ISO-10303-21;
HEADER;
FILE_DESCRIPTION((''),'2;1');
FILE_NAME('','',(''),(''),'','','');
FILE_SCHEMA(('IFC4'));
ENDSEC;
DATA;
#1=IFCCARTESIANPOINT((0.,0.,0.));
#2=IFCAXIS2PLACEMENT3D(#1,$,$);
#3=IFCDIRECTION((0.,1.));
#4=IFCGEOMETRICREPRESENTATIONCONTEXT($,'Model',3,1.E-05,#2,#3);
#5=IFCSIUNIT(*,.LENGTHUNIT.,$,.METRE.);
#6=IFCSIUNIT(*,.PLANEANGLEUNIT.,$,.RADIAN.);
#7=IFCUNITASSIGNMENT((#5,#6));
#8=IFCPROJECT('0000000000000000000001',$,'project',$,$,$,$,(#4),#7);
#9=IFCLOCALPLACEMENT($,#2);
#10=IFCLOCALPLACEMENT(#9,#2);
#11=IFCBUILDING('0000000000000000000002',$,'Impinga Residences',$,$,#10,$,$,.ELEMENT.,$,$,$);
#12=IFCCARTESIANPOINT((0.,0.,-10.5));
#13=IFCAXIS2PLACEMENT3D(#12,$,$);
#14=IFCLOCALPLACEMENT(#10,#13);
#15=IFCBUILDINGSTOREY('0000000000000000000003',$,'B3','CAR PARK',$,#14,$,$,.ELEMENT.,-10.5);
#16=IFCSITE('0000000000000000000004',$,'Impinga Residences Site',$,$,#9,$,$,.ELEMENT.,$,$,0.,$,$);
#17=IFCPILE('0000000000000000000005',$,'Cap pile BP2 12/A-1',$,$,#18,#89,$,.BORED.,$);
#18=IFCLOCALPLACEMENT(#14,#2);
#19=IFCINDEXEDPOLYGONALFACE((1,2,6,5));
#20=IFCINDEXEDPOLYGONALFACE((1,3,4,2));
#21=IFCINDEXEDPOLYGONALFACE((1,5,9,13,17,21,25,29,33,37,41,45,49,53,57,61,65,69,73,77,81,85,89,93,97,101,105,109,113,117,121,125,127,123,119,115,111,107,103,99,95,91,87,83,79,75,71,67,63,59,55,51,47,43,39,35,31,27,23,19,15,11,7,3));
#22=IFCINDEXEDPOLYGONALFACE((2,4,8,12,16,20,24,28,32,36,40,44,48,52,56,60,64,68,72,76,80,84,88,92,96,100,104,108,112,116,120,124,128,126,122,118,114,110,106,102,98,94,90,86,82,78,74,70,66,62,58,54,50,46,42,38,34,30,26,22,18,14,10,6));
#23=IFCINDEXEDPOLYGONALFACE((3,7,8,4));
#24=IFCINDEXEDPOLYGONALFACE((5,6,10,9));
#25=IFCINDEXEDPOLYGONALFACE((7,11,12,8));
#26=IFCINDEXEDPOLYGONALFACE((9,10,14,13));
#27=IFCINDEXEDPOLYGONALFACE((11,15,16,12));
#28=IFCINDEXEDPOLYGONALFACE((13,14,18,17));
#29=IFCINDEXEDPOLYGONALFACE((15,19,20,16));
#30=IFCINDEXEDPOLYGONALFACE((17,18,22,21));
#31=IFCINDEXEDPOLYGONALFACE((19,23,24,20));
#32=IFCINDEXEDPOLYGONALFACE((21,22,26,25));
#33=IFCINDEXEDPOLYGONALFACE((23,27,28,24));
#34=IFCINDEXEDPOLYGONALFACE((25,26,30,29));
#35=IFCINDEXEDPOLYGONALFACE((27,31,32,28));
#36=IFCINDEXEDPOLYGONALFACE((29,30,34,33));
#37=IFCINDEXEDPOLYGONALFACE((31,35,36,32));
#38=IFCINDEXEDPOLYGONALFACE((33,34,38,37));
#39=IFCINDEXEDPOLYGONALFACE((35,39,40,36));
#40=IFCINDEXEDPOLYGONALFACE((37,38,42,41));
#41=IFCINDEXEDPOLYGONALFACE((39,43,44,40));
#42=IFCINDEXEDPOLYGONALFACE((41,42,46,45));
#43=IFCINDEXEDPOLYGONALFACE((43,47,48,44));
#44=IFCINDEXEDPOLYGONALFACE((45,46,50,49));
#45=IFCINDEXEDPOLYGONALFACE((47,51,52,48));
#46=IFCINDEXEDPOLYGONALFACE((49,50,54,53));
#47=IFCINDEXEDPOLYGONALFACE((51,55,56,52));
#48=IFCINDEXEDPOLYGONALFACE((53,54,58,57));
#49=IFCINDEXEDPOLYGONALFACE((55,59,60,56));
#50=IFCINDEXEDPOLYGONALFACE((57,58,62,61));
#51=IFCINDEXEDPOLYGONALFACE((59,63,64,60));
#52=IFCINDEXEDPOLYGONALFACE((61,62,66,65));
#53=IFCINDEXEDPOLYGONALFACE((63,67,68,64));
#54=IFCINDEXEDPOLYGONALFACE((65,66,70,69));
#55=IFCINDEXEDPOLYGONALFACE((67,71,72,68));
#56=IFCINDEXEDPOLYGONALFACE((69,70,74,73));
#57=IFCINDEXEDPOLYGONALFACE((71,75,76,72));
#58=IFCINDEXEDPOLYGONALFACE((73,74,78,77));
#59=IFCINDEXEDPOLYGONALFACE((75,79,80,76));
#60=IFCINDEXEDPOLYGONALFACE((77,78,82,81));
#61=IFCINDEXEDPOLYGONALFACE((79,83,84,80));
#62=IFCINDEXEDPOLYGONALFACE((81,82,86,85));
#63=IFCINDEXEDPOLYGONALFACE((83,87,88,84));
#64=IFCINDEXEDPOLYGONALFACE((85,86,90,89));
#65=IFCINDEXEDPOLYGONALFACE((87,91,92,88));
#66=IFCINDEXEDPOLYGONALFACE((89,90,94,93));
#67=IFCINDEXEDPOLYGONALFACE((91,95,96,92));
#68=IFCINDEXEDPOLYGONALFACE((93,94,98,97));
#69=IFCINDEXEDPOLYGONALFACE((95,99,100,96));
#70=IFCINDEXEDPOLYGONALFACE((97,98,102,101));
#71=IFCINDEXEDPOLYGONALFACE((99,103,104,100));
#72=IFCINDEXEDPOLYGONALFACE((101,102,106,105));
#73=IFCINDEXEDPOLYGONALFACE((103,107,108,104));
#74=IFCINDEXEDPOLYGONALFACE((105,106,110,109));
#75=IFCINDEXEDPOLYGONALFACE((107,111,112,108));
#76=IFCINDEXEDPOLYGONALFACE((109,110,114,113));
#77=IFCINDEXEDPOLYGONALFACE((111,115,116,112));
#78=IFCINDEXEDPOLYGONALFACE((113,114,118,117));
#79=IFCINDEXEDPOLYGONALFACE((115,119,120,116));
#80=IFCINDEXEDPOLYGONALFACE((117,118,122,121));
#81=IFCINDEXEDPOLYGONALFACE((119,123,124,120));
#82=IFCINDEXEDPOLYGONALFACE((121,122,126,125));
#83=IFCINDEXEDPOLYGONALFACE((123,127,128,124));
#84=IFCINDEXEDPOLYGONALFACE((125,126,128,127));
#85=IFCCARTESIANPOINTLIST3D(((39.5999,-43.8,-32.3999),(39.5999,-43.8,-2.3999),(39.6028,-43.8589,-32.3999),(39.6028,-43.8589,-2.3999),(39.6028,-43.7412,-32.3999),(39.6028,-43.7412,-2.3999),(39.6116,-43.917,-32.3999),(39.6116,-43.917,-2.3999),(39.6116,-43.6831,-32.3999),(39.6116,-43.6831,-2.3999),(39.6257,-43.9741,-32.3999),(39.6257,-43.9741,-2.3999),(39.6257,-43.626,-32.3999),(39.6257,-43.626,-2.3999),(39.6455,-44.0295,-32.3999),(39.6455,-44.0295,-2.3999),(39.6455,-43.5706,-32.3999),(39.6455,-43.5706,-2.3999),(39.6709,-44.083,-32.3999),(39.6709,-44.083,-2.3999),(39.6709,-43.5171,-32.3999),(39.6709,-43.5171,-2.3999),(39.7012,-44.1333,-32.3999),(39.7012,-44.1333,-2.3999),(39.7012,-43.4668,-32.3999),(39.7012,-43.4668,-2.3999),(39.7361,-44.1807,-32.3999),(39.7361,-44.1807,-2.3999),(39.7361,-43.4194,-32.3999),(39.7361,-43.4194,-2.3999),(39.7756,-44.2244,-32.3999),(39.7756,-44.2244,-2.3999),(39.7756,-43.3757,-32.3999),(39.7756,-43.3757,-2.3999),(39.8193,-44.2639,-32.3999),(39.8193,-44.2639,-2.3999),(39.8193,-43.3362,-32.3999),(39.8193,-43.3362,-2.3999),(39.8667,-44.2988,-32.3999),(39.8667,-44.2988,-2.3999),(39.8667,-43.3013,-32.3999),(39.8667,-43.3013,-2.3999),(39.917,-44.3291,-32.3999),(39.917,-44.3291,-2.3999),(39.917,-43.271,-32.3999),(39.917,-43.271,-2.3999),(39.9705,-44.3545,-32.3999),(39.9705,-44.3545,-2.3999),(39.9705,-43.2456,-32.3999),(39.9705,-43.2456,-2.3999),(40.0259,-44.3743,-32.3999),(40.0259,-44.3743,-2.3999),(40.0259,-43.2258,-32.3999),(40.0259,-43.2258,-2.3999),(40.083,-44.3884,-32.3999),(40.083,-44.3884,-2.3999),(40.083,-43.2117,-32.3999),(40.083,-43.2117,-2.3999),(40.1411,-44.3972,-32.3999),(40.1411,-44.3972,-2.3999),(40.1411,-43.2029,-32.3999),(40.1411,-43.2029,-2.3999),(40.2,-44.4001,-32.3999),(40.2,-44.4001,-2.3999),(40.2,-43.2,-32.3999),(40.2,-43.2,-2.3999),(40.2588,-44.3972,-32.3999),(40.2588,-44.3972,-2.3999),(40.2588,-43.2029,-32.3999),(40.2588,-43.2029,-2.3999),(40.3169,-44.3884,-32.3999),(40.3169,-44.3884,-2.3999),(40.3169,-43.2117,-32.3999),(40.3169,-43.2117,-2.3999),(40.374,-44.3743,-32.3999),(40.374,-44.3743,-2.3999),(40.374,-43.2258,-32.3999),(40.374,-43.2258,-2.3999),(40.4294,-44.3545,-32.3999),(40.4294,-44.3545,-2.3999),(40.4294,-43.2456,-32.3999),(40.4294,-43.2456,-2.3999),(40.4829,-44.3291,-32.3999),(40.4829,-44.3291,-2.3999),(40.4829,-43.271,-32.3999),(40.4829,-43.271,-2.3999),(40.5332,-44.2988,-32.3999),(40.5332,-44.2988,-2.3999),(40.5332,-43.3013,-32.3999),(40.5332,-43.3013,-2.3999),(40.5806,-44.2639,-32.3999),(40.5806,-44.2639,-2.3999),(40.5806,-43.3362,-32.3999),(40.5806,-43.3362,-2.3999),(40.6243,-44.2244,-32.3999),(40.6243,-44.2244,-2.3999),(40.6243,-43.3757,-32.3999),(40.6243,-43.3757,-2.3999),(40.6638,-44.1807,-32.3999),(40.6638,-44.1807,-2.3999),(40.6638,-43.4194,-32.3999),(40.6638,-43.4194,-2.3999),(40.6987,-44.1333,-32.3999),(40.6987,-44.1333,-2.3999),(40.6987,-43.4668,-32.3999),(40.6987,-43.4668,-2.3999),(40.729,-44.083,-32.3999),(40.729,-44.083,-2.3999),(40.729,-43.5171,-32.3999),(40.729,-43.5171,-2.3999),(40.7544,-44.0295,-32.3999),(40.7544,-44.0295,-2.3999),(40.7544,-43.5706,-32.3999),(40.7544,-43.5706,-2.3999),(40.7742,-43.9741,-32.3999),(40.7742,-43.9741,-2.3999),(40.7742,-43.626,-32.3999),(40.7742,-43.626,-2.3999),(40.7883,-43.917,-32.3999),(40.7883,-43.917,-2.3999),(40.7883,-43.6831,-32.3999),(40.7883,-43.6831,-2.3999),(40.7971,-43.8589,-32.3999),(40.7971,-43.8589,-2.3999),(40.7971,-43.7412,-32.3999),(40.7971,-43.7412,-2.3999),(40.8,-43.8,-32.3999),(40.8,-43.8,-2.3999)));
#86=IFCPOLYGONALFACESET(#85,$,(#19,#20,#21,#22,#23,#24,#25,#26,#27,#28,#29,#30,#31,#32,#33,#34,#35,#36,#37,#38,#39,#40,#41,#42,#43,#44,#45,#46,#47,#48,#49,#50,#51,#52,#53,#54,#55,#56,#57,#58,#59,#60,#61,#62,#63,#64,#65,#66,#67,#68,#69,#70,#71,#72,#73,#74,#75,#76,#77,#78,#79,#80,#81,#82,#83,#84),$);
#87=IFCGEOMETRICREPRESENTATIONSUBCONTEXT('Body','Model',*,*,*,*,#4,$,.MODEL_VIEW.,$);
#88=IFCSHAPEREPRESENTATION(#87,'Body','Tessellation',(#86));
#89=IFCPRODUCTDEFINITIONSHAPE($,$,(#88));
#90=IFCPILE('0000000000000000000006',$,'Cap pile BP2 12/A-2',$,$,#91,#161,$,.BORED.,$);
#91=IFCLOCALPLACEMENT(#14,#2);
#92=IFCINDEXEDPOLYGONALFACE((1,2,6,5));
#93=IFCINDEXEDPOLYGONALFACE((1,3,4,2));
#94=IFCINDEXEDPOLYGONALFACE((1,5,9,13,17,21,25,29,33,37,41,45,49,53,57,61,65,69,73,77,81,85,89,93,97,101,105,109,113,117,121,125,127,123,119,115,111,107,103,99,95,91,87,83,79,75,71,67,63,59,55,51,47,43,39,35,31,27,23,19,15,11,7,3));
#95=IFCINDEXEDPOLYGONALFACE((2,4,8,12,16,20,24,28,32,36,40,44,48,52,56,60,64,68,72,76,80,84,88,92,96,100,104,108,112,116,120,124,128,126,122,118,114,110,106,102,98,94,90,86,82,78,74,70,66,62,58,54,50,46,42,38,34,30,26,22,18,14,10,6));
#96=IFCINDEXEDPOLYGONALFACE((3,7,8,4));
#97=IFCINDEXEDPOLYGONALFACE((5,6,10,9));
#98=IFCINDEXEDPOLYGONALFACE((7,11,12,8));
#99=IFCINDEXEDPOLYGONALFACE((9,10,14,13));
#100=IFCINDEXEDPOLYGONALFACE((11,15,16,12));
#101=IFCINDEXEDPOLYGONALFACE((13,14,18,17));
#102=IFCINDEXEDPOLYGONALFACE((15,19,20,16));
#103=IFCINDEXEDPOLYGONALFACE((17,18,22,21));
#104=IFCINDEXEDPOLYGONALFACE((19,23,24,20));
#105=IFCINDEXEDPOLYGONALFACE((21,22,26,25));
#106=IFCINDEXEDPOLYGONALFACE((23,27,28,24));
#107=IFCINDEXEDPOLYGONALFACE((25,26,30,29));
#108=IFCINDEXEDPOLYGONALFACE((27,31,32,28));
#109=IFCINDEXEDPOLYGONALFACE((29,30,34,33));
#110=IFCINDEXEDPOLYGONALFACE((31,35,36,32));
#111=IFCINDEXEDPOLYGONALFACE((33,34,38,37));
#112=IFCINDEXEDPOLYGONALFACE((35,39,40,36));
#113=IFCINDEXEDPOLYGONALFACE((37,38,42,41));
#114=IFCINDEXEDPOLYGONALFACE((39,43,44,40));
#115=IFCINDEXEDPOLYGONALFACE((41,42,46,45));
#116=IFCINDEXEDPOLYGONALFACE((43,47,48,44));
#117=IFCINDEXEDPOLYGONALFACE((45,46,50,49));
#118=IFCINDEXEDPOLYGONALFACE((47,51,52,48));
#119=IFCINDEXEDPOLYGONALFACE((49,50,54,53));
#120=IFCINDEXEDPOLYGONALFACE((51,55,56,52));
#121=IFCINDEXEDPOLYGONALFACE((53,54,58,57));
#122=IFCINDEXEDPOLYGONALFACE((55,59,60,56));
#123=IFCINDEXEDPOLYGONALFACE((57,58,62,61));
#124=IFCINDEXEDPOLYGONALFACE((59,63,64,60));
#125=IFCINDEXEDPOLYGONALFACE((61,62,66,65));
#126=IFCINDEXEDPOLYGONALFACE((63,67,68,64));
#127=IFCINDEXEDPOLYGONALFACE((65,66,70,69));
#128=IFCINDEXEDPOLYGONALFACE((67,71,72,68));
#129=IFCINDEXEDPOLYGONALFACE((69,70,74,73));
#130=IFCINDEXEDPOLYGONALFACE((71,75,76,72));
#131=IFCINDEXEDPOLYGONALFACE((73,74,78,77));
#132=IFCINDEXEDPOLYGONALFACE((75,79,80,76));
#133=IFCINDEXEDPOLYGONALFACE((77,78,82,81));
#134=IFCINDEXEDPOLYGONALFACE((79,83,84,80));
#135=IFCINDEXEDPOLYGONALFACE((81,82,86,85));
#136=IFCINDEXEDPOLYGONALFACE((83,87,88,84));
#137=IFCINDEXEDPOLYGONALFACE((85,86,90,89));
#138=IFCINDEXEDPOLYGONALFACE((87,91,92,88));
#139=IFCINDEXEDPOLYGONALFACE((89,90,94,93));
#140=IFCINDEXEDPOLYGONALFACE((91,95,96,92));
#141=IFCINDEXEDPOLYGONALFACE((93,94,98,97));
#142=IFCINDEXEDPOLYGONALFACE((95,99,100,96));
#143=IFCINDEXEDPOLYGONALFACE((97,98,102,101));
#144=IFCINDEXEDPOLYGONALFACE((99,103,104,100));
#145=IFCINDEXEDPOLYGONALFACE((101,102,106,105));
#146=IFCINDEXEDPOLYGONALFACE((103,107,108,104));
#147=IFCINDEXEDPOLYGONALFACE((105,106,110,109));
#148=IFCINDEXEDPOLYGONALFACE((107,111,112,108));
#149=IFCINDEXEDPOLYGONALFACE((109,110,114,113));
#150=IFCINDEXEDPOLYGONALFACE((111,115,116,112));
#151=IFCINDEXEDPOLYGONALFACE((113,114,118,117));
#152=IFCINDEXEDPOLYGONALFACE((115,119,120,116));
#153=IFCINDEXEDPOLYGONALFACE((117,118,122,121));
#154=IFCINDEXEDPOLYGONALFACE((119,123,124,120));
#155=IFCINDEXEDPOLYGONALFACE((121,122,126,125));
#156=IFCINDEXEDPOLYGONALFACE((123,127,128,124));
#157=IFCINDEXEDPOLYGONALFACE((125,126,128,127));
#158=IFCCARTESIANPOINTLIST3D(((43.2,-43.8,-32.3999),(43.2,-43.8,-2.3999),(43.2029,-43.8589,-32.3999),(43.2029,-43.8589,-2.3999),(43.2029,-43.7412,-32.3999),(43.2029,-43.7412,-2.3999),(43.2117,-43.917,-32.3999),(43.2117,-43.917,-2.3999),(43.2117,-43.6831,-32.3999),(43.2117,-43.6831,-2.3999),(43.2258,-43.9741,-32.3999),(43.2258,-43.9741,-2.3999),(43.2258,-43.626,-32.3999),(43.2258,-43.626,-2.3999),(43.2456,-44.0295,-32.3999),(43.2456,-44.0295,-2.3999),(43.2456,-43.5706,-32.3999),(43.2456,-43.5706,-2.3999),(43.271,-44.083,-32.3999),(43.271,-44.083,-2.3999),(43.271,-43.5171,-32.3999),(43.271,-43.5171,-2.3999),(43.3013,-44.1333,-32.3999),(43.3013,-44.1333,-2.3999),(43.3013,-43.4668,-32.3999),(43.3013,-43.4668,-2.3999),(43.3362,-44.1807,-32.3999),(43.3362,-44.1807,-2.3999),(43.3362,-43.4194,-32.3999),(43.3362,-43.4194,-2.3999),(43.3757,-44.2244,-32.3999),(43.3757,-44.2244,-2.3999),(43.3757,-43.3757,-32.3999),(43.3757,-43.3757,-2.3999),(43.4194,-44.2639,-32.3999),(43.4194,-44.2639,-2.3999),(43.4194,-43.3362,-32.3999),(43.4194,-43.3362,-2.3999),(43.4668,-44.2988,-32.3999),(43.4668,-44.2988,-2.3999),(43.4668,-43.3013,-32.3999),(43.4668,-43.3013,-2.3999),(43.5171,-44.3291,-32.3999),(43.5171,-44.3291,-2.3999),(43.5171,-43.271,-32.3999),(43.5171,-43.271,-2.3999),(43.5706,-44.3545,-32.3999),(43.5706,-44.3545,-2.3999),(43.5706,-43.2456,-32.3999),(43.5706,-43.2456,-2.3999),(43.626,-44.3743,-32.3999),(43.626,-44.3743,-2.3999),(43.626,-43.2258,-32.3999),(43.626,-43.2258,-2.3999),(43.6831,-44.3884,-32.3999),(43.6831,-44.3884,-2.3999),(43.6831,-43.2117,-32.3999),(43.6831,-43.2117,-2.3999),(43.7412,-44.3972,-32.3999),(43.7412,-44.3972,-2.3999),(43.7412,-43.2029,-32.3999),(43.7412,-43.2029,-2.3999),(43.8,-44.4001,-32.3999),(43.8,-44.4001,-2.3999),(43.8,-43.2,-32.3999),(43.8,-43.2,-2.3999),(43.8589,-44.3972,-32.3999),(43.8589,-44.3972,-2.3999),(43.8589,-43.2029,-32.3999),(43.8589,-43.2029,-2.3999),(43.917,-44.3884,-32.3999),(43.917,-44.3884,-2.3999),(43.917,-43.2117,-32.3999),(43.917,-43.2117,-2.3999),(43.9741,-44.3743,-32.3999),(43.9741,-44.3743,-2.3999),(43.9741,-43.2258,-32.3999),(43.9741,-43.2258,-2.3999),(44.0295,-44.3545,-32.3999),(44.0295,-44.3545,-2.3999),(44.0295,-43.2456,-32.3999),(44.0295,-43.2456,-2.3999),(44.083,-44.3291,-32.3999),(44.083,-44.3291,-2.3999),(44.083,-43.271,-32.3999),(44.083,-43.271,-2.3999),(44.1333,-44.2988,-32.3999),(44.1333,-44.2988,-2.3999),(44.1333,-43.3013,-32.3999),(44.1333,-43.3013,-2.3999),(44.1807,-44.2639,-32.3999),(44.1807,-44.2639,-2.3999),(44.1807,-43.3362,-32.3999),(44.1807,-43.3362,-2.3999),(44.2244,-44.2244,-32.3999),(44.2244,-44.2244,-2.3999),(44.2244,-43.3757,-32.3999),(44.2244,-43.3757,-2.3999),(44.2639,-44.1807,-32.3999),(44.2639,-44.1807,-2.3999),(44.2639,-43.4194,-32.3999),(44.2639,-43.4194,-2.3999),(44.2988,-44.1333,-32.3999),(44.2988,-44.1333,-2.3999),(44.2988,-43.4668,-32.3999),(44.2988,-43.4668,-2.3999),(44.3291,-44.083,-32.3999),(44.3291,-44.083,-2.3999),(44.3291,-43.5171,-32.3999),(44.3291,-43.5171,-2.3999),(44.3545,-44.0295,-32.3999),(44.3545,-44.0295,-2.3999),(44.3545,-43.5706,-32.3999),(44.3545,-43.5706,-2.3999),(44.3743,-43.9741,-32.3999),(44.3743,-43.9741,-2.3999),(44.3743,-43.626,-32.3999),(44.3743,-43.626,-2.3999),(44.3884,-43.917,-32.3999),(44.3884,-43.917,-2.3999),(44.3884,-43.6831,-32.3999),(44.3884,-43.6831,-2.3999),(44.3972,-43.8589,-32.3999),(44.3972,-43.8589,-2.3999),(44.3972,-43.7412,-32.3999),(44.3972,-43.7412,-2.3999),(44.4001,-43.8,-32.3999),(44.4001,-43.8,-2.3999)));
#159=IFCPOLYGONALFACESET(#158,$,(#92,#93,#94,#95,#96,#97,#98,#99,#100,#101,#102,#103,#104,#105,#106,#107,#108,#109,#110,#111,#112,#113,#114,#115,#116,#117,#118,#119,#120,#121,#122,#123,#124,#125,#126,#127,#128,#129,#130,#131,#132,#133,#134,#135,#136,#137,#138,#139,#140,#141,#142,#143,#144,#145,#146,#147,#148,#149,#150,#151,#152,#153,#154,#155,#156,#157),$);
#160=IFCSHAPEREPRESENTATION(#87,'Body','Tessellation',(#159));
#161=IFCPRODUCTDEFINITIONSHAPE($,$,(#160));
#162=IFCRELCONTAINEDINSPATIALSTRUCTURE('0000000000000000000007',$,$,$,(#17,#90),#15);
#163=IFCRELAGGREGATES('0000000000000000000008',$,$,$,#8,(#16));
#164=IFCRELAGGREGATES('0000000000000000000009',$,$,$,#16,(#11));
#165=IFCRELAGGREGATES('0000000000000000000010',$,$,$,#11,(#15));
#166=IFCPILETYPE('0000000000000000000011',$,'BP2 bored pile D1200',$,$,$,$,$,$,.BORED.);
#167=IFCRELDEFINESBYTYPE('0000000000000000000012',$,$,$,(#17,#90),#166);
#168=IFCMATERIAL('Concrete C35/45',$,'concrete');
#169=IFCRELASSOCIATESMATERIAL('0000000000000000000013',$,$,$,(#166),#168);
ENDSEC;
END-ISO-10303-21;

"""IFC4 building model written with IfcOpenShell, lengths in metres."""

from ifc_helpers import new_model, si_unit, direction, frame, origin, origin_2d, place, context, subcontext, project, spatial, polyline, circle, outline, extrude, material, material_profile, profile_set, type_object, element, save


model = new_model("IFC4")

# Units and contexts
model_context = context("Model", 3, precision=1e-05, world=origin(), true_north=direction((0.0, 1.0)))
body_context = subcontext(model_context, "Body", "Model", "MODEL_VIEW")
ifc_project = project(units=[si_unit("LENGTHUNIT", "METRE"), si_unit("PLANEANGLEUNIT", "RADIAN")], contexts=[model_context])

# Site, building, storey
site_placement = place(None, origin())
site = spatial("IfcSite", under=ifc_project, at=site_placement, Name="Impinga Residences Site", CompositionType="ELEMENT", RefElevation=0.0)
building_placement = place(site_placement, origin())
building = spatial("IfcBuilding", under=site, at=building_placement, Name="Impinga Residences", CompositionType="ELEMENT")
storey_placement = place(building_placement, frame((0.0, 0.0, -10.5)))
storey = spatial("IfcBuildingStorey", under=building, at=storey_placement, Name="B3", Description="CAR PARK", CompositionType="ELEMENT", Elevation=-10.5)

# Piles
ifc_material_1 = material(Name="Concrete C35/45", Category="concrete")
ifc_material_profile_1 = material_profile(ifc_material_1, circle(Radius=0.6001, at=origin_2d()), Name="D1200")
ifc_profile_set_1 = profile_set([ifc_material_profile_1], Name="Concrete C35/45")
pile_type_1 = type_object("IfcPileType", Name="BP2 bored pile D1200", PredefinedType="BORED", material=ifc_profile_set_1)
pile_1_placement = place(storey_placement, frame((40.2, -43.8, -2.3999), z_axis=(0.0, 0.0, -1.0), x_axis=(1.0, 0.0, 0.0)))
element("IfcPile", 1, at=pile_1_placement, inside=storey, type_object=pile_type_1, Name="Cap pile BP2 12/A-1", PredefinedType="BORED", context=body_context, shape_type="SweptSolid", body=[
    extrude(outline(polyline([(0.6001, 0.0), (0.5972, 0.0588), (0.5884, 0.1169), (0.5742, 0.1741), (0.5544, 0.2295), (0.5291, 0.283), (0.4988, 0.3333), (0.4639, 0.3806), (0.4243, 0.4243), (0.3806, 0.4639), (0.3333, 0.4988), (0.283, 0.5291), (0.2295, 0.5544), (0.1741, 0.5742), (0.1169, 0.5884), (0.0588, 0.5972), (0.0, 0.6001), (-0.0588, 0.5972), (-0.1169, 0.5884), (-0.1741, 0.5742), (-0.2295, 0.5544), (-0.283, 0.5291), (-0.3333, 0.4988), (-0.3806, 0.4639), (-0.4243, 0.4243), (-0.4639, 0.3806), (-0.4988, 0.3333), (-0.5291, 0.283), (-0.5544, 0.2295), (-0.5742, 0.1741), (-0.5884, 0.1169), (-0.5972, 0.0588), (-0.6001, 0.0), (-0.5972, -0.0588), (-0.5884, -0.1169), (-0.5742, -0.1741), (-0.5544, -0.2295), (-0.5291, -0.283), (-0.4988, -0.3333), (-0.4639, -0.3806), (-0.4243, -0.4243), (-0.3806, -0.4639), (-0.3333, -0.4988), (-0.283, -0.5291), (-0.2295, -0.5544), (-0.1741, -0.5742), (-0.1169, -0.5884), (-0.0588, -0.5972), (0.0, -0.6001), (0.0588, -0.5972), (0.1169, -0.5884), (0.1741, -0.5742), (0.2295, -0.5544), (0.283, -0.5291), (0.3333, -0.4988), (0.3806, -0.4639), (0.4243, -0.4243), (0.4639, -0.3806), (0.4988, -0.3333), (0.5291, -0.283), (0.5544, -0.2295), (0.5742, -0.1741), (0.5884, -0.1169), (0.5972, -0.0588), (0.6001, 0.0)])), origin(), (0.0, 0.0, 1.0), 30.0),
])
pile_2_placement = place(storey_placement, frame((43.8, -43.8, -2.3999), z_axis=(0.0, 0.0, -1.0), x_axis=(1.0, 0.0, 0.0)))
element("IfcPile", 2, at=pile_2_placement, inside=storey, type_object=pile_type_1, Name="Cap pile BP2 12/A-2", PredefinedType="BORED", context=body_context, shape_type="SweptSolid", body=[
    extrude(outline(polyline([(0.6001, 0.0), (0.5972, 0.0588), (0.5884, 0.1169), (0.5742, 0.1741), (0.5544, 0.2295), (0.5291, 0.283), (0.4988, 0.3333), (0.4639, 0.3806), (0.4243, 0.4243), (0.3806, 0.4639), (0.3333, 0.4988), (0.283, 0.5291), (0.2295, 0.5544), (0.1741, 0.5742), (0.1169, 0.5884), (0.0588, 0.5972), (0.0, 0.6001), (-0.0588, 0.5972), (-0.1169, 0.5884), (-0.1741, 0.5742), (-0.2295, 0.5544), (-0.283, 0.5291), (-0.3333, 0.4988), (-0.3806, 0.4639), (-0.4243, 0.4243), (-0.4639, 0.3806), (-0.4988, 0.3333), (-0.5291, 0.283), (-0.5544, 0.2295), (-0.5742, 0.1741), (-0.5884, 0.1169), (-0.5972, 0.0588), (-0.6001, 0.0), (-0.5972, -0.0588), (-0.5884, -0.1169), (-0.5742, -0.1741), (-0.5544, -0.2295), (-0.5291, -0.283), (-0.4988, -0.3333), (-0.4639, -0.3806), (-0.4243, -0.4243), (-0.3806, -0.4639), (-0.3333, -0.4988), (-0.283, -0.5291), (-0.2295, -0.5544), (-0.1741, -0.5742), (-0.1169, -0.5884), (-0.0588, -0.5972), (0.0, -0.6001), (0.0588, -0.5972), (0.1169, -0.5884), (0.1741, -0.5742), (0.2295, -0.5544), (0.283, -0.5291), (0.3333, -0.4988), (0.3806, -0.4639), (0.4243, -0.4243), (0.4639, -0.3806), (0.4988, -0.3333), (0.5291, -0.283), (0.5544, -0.2295), (0.5742, -0.1741), (0.5884, -0.1169), (0.5972, -0.0588), (0.6001, 0.0)])), origin(), (0.0, 0.0, 1.0), 30.0),
])

save(model, "model.ifc")
